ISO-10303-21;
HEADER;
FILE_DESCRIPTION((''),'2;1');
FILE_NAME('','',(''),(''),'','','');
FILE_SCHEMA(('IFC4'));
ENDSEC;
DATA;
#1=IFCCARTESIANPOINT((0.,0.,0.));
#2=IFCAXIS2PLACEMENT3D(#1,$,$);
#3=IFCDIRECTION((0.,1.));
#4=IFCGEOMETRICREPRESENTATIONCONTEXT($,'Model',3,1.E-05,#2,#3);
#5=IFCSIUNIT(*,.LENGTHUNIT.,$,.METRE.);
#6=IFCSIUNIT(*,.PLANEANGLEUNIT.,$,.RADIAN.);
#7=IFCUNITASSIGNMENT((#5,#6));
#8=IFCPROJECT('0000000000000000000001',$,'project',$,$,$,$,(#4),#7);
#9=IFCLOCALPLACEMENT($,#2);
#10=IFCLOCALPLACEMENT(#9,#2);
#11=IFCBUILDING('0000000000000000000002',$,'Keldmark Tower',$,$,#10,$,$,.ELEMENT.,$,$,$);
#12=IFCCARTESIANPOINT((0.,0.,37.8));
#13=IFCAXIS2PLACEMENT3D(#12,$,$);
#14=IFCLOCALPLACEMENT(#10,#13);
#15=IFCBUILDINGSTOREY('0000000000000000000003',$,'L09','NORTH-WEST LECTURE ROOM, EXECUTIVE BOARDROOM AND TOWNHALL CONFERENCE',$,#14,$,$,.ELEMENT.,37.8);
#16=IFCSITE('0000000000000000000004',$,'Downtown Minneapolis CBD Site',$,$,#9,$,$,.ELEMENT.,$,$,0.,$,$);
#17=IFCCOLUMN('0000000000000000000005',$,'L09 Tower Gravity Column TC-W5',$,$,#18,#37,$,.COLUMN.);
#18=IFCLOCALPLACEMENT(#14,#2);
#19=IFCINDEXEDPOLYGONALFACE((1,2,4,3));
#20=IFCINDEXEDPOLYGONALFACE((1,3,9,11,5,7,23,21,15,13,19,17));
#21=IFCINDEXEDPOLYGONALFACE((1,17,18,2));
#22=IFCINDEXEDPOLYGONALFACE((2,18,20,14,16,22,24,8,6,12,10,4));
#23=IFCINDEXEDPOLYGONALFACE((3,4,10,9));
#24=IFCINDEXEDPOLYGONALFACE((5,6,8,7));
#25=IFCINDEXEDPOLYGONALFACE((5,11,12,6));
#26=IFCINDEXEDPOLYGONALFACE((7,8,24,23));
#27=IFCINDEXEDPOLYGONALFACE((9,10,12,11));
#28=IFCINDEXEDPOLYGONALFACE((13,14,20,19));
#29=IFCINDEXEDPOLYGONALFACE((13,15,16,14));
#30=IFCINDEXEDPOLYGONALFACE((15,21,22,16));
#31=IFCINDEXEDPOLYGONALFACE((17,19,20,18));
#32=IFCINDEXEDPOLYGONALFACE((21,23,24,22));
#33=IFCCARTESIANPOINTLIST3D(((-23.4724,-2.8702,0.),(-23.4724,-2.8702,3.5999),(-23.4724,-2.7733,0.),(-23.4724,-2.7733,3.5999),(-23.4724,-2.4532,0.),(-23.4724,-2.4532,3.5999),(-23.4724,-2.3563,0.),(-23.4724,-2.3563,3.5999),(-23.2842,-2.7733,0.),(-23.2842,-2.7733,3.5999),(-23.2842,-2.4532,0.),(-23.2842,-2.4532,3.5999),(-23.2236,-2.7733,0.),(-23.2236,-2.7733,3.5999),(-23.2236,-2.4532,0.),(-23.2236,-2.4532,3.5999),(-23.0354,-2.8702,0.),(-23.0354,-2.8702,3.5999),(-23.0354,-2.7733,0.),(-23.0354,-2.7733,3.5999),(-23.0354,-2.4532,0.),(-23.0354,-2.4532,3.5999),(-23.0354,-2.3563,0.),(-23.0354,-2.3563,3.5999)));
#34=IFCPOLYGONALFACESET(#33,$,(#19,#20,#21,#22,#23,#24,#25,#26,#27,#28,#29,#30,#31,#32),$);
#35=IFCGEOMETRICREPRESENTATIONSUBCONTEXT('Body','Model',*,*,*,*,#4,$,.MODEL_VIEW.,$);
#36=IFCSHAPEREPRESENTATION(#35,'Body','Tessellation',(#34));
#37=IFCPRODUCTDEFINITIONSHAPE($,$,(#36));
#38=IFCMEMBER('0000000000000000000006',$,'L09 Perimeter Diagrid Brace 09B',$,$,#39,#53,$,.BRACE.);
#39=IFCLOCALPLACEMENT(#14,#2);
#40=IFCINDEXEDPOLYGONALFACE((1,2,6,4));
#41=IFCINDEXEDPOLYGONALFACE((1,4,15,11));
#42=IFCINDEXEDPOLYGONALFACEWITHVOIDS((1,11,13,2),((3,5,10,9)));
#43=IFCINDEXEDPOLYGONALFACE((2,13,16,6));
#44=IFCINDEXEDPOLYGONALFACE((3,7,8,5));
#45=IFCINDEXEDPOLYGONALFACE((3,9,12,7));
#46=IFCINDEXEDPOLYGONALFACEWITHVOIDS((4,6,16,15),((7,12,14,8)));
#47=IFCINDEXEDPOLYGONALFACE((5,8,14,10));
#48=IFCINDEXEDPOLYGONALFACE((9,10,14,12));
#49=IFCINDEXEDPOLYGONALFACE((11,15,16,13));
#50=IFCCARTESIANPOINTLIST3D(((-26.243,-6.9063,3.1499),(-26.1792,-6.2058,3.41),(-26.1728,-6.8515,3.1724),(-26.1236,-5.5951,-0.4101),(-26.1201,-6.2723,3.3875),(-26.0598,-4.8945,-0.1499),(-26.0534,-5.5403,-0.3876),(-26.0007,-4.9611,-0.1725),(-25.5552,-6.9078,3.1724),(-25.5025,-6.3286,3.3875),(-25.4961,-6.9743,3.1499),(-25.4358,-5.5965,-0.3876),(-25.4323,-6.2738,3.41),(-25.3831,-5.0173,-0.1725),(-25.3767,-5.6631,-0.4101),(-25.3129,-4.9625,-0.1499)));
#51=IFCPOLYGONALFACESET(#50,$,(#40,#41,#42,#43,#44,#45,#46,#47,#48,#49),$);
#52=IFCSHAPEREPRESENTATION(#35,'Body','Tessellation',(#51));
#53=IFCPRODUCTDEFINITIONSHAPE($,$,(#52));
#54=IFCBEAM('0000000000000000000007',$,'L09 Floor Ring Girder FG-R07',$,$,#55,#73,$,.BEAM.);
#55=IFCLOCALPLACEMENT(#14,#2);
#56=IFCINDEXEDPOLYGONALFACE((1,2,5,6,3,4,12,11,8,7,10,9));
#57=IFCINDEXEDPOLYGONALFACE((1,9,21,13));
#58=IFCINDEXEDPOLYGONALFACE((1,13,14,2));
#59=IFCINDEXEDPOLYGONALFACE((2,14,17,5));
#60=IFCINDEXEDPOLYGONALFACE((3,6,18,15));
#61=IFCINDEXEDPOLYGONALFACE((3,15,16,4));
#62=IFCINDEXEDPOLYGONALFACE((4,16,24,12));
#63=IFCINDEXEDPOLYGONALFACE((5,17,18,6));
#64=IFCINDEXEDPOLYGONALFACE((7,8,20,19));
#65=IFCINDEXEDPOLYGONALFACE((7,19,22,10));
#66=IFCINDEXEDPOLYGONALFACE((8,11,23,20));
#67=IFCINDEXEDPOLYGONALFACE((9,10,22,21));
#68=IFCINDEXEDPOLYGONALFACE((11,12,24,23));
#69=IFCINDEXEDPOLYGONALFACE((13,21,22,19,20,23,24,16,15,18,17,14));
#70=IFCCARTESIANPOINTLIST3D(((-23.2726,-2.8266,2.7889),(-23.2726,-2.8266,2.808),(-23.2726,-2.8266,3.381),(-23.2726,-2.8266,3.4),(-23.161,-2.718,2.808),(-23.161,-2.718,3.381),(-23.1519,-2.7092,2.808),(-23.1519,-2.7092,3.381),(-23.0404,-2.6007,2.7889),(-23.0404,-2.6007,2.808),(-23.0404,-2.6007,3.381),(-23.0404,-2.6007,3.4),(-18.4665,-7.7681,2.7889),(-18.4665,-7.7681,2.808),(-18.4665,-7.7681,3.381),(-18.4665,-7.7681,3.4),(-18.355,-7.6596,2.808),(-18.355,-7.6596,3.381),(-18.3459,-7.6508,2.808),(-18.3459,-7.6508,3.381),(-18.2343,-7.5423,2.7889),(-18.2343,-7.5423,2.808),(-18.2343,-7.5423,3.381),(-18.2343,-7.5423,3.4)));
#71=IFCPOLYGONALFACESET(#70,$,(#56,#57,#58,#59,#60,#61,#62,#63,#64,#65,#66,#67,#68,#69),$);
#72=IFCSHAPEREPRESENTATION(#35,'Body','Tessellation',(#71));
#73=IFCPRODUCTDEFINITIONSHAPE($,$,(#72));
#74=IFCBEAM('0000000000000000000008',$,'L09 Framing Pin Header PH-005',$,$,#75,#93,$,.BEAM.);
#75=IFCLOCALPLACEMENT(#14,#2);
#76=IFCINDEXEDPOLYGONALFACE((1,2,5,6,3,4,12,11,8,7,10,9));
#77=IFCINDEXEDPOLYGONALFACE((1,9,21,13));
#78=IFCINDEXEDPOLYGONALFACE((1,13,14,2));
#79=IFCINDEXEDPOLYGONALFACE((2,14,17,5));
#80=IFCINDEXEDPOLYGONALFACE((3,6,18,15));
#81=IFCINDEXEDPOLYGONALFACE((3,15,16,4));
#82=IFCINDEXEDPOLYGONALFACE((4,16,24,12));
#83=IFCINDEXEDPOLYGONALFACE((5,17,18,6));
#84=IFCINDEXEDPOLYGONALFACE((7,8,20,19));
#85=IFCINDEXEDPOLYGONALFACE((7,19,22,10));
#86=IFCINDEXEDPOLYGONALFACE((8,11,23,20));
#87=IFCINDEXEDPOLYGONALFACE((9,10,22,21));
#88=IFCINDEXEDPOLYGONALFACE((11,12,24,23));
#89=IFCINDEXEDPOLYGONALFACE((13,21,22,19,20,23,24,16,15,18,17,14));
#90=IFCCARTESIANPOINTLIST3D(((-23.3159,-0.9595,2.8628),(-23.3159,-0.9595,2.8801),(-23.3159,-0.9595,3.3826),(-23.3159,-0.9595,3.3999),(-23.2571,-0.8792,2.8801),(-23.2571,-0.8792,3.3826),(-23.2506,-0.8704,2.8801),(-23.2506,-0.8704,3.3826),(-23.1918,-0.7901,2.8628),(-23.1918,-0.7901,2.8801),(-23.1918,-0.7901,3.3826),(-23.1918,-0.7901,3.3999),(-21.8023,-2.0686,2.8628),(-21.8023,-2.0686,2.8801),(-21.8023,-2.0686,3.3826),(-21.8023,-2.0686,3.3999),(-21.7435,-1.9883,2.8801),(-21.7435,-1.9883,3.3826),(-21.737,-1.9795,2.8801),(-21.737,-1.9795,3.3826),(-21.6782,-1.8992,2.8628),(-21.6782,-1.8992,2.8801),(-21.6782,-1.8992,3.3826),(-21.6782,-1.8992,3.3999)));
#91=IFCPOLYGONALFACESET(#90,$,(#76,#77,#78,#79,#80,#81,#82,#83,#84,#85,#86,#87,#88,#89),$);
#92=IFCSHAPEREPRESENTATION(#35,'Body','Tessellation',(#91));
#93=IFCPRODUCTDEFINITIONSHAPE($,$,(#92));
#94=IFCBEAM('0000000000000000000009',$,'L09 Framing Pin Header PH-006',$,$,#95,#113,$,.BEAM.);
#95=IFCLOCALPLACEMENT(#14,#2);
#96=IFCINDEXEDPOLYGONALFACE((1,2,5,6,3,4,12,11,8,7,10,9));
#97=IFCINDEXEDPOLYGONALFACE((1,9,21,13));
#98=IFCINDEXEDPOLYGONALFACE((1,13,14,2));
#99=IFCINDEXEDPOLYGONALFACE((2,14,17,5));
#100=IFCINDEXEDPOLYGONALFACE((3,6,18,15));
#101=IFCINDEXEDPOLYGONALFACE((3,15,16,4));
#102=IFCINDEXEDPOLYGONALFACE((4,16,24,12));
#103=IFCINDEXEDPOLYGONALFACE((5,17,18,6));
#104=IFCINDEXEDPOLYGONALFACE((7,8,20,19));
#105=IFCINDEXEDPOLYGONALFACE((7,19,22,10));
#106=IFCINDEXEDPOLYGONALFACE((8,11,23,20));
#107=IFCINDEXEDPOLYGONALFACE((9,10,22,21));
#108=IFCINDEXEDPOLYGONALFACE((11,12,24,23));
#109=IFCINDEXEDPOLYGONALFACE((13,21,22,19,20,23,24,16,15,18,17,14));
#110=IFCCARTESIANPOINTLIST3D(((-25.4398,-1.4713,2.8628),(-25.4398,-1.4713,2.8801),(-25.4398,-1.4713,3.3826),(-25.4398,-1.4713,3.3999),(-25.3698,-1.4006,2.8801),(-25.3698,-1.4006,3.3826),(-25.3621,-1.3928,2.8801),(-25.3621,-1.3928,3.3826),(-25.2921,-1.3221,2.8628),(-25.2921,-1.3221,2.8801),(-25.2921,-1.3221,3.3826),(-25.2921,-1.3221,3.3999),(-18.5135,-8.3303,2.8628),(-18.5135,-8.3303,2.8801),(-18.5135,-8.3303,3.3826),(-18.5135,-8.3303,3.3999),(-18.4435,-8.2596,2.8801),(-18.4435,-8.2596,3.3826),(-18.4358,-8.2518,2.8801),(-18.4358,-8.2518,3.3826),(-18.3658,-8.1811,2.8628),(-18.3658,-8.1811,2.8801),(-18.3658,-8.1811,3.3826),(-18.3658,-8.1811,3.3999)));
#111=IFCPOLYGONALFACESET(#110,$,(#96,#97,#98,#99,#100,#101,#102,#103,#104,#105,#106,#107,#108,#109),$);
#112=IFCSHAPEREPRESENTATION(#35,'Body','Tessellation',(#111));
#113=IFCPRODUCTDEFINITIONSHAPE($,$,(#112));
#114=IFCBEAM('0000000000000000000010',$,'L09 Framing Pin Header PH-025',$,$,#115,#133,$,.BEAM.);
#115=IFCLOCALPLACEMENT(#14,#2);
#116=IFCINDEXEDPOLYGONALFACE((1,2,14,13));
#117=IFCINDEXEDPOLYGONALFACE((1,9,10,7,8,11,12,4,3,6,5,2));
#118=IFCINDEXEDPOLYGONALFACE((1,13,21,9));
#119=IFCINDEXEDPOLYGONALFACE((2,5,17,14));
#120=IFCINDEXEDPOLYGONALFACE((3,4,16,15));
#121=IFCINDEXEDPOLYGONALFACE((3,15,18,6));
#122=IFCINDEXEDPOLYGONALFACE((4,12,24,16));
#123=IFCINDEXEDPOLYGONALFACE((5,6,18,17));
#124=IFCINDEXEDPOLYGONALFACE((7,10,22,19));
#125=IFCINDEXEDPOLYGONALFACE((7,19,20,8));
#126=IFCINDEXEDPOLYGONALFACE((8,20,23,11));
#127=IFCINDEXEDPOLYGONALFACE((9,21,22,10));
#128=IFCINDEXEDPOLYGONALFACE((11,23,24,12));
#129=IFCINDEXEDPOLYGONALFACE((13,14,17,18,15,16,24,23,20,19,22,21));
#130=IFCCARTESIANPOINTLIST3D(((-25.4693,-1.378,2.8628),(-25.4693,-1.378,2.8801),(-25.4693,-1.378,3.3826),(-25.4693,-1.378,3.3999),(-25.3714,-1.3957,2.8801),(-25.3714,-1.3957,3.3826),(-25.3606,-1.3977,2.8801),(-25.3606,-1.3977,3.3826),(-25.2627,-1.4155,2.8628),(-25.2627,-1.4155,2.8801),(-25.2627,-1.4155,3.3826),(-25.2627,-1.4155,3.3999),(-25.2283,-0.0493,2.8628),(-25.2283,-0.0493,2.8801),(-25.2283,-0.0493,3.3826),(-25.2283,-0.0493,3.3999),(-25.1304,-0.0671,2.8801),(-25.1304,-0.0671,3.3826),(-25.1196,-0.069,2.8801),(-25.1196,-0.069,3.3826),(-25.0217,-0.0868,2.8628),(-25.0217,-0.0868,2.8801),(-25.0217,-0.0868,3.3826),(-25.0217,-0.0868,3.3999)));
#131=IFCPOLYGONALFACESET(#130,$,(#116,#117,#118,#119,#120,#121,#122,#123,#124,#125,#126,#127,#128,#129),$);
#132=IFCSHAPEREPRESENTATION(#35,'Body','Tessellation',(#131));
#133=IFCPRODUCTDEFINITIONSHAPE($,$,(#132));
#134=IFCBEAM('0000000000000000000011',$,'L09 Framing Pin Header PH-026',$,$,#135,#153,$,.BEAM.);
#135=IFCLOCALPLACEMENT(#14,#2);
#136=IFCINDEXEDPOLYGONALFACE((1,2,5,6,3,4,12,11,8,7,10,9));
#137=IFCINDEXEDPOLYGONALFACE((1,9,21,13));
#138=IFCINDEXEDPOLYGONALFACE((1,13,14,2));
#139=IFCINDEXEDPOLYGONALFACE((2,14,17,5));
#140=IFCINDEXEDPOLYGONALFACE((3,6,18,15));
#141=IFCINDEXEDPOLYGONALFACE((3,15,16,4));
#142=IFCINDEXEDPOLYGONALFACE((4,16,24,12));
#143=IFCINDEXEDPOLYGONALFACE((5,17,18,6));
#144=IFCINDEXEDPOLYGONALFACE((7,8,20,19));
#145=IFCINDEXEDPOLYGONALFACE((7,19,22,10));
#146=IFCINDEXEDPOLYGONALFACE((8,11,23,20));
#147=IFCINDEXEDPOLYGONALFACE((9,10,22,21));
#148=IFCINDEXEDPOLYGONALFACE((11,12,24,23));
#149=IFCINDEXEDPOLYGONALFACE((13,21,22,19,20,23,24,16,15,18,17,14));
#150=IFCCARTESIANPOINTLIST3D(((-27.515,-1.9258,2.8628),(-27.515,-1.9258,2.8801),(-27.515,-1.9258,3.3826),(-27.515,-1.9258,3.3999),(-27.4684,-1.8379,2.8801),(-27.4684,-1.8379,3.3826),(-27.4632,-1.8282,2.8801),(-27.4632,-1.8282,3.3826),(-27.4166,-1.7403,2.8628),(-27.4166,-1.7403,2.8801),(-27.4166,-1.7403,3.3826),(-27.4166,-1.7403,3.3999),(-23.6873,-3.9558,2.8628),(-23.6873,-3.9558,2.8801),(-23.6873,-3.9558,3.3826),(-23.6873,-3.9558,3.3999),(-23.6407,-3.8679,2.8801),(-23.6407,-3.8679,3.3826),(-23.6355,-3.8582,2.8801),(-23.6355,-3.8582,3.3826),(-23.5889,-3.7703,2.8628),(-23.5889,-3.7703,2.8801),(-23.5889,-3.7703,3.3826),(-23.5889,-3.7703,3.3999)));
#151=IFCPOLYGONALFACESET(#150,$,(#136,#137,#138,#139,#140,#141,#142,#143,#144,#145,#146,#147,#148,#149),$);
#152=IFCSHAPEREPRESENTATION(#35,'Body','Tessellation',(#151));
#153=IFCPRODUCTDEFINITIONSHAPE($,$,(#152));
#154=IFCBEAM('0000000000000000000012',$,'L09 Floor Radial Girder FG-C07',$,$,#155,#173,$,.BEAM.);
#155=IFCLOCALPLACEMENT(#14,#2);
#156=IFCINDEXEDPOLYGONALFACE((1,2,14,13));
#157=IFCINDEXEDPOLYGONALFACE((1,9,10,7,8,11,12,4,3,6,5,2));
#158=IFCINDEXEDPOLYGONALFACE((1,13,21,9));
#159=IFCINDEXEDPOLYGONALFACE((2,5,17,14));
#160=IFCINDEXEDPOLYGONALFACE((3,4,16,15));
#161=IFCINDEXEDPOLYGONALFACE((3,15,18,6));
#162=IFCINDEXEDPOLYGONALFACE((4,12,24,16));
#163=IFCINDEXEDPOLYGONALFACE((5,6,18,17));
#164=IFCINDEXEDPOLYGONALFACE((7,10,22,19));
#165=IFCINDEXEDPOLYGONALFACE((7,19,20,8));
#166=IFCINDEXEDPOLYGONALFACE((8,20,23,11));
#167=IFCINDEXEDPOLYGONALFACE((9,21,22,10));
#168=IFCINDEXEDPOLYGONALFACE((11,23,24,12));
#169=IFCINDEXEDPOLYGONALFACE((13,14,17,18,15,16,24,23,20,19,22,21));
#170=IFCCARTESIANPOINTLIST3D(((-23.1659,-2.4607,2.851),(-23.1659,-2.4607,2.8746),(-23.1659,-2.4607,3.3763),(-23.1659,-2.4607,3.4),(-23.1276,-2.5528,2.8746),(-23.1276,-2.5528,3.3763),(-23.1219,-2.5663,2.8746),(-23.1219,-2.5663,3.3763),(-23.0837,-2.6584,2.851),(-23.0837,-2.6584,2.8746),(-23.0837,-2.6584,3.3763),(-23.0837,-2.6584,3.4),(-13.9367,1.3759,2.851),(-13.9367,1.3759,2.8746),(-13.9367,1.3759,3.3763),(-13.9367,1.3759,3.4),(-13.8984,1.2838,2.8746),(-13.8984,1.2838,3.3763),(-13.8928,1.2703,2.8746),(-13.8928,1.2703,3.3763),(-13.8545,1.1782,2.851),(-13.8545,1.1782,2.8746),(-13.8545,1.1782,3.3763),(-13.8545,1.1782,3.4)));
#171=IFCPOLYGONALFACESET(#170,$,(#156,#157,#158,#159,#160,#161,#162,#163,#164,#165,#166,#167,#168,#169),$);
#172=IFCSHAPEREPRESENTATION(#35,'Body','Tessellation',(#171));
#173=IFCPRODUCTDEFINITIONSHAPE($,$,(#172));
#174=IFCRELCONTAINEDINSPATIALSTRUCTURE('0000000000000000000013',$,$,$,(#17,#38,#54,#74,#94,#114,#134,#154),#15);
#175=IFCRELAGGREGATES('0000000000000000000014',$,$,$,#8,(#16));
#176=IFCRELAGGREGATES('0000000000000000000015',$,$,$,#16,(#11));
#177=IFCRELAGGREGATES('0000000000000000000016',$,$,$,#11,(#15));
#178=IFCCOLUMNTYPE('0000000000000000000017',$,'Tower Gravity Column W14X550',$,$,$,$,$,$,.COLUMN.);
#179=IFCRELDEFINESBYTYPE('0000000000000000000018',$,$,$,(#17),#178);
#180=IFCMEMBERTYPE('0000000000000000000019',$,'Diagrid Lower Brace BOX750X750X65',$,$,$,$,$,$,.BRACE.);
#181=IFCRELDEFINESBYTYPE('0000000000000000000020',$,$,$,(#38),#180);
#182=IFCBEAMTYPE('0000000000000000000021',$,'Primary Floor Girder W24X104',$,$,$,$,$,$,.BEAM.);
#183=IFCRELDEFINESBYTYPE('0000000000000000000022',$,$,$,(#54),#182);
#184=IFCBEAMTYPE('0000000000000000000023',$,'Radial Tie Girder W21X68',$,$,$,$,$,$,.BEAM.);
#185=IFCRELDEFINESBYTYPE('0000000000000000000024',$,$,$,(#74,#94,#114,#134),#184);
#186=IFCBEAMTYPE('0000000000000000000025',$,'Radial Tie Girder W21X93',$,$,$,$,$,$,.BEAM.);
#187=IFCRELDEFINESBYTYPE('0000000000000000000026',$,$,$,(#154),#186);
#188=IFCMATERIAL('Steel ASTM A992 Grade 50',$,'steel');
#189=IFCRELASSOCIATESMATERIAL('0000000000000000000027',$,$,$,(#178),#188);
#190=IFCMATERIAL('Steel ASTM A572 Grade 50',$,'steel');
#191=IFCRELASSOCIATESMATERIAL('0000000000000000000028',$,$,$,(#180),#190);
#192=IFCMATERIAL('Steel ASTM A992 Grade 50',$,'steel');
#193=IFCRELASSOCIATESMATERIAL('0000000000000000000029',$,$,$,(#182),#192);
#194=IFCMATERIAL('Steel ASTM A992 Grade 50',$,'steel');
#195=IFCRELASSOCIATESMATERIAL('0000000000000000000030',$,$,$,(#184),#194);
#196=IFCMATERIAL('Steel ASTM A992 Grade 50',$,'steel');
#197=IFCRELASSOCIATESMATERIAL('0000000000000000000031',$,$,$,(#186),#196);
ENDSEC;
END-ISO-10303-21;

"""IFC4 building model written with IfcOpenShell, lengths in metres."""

from ifc_helpers import new_model, si_unit, direction, frame, origin, origin_2d, place, context, subcontext, project, spatial, hollow_rectangle, i_section, extrude, material, material_profile, profile_set, type_object, element, save


model = new_model("IFC4")

# Units and contexts
model_context = context("Model", 3, precision=1e-05, world=origin(), true_north=direction((0.0, 1.0)))
body_context = subcontext(model_context, "Body", "Model", "MODEL_VIEW")
ifc_project = project(units=[si_unit("LENGTHUNIT", "METRE"), si_unit("PLANEANGLEUNIT", "RADIAN")], contexts=[model_context])

# Site, building, storey
site_placement = place(None, origin())
site = spatial("IfcSite", under=ifc_project, at=site_placement, Name="Downtown Minneapolis CBD Site", CompositionType="ELEMENT", RefElevation=0.0)
building_placement = place(site_placement, origin())
building = spatial("IfcBuilding", under=site, at=building_placement, Name="Keldmark Tower", CompositionType="ELEMENT")
storey_placement = place(building_placement, frame((0.0, 0.0, 37.8)))
storey = spatial("IfcBuildingStorey", under=building, at=storey_placement, Name="L09", Description="NORTH-WEST LECTURE ROOM, EXECUTIVE BOARDROOM AND TOWNHALL CONFERENCE", CompositionType="ELEMENT", Elevation=37.8)

# Column
ifc_material_1 = material(Name="Steel ASTM A992 Grade 50", Category="steel")
ifc_material_profile_1 = material_profile(ifc_material_1, i_section(OverallWidth=0.437, OverallDepth=0.5139, WebThickness=0.0605, FlangeThickness=0.0969, at=origin_2d()), Name="W14X550")
ifc_profile_set_1 = profile_set([ifc_material_profile_1], Name="Steel ASTM A992 Grade 50")
column_type = type_object("IfcColumnType", Name="Tower Gravity Column W14X550", PredefinedType="COLUMN", material=ifc_profile_set_1)
column_placement = place(storey_placement, frame((-23.2539, -2.6133, 0.0), z_axis=(0.0, 0.0, 1.0), x_axis=(1.0, 0.0, 0.0)))
element("IfcColumn", 1, at=column_placement, inside=storey, type_object=column_type, Name="L09 Tower Gravity Column TC-W5", PredefinedType="COLUMN", context=body_context, shape_type="SweptSolid", body=[
    extrude(i_section(OverallWidth=0.437, OverallDepth=0.5139, WebThickness=0.0605, FlangeThickness=0.0969, at=origin_2d()), origin(), (0.0, 0.0, 1.0), 3.5999),
])

# Member
ifc_material_2 = material(Name="Steel ASTM A572 Grade 50", Category="steel")
ifc_material_profile_2 = material_profile(ifc_material_2, hollow_rectangle(XDim=0.75, YDim=0.75, WallThickness=0.0649, at=origin_2d()), Name="BOX750X750X65")
ifc_profile_set_2 = profile_set([ifc_material_profile_2], Name="Steel ASTM A572 Grade 50")
member_type = type_object("IfcMemberType", Name="Diagrid Lower Brace BOX750X750X65", PredefinedType="BRACE", material=ifc_profile_set_2)
member_placement = place(storey_placement, frame((-25.7183, -5.2788, -0.28), z_axis=(-0.031452, -0.34546, 0.937906), x_axis=(0.995881, -0.090669, 0.0)))
element("IfcMember", 2, at=member_placement, inside=storey, type_object=member_type, Name="L09 Perimeter Diagrid Brace 09B", PredefinedType="BRACE", context=body_context, shape_type="SweptSolid", body=[
    extrude(hollow_rectangle(XDim=0.75, YDim=0.75, WallThickness=0.0649, at=origin_2d()), origin(), (0.0, 0.0, 1.0), 3.7957),
])

# Beams
ifc_material_3 = material(Name="Steel ASTM A992 Grade 50", Category="steel")
ifc_material_profile_3 = material_profile(ifc_material_3, i_section(OverallWidth=0.324, OverallDepth=0.6111, WebThickness=0.0127, FlangeThickness=0.019, at=origin_2d()), Name="W24X104")
ifc_profile_set_3 = profile_set([ifc_material_profile_3], Name="Steel ASTM A992 Grade 50")
beam_type_1 = type_object("IfcBeamType", Name="Primary Floor Girder W24X104", PredefinedType="BEAM", material=ifc_profile_set_3)
beam_1_placement = place(storey_placement, frame((-23.1565, -2.7136, 3.0945), z_axis=(0.69721, -0.716867, 0.0), x_axis=(0.716867, 0.69721, 0.0)))
element("IfcBeam", 3, at=beam_1_placement, inside=storey, type_object=beam_type_1, Name="L09 Floor Ring Girder FG-R07", PredefinedType="BEAM", context=body_context, shape_type="SweptSolid", body=[
    extrude(i_section(OverallWidth=0.324, OverallDepth=0.6111, WebThickness=0.0127, FlangeThickness=0.019, at=origin_2d()), origin(), (0.0, 0.0, 1.0), 6.8933),
])
ifc_material_4 = material(Name="Steel ASTM A992 Grade 50", Category="steel")
ifc_material_profile_4 = material_profile(ifc_material_4, i_section(OverallWidth=0.21, OverallDepth=0.5371, WebThickness=0.011, FlangeThickness=0.0173, at=origin_2d()), Name="W21X68")
ifc_profile_set_4 = profile_set([ifc_material_profile_4], Name="Steel ASTM A992 Grade 50")
beam_type_2 = type_object("IfcBeamType", Name="Radial Tie Girder W21X68", PredefinedType="BEAM", material=ifc_profile_set_4)
beam_2_placement = place(storey_placement, frame((-21.7402, -1.9839, 3.1313), z_axis=(-0.806632, 0.591053, 0.0), x_axis=(-0.591053, -0.806632, 0.0)))
element("IfcBeam", 4, at=beam_2_placement, inside=storey, type_object=beam_type_2, Name="L09 Framing Pin Header PH-005", PredefinedType="BEAM", context=body_context, shape_type="SweptSolid", body=[
    extrude(i_section(OverallWidth=0.21, OverallDepth=0.5371, WebThickness=0.011, FlangeThickness=0.0173, at=origin_2d()), origin(), (0.0, 0.0, 1.0), 1.8765),
])
beam_3_placement = place(storey_placement, frame((-25.366, -1.3967, 3.1313), z_axis=(0.710555, -0.703642, 0.0), x_axis=(0.703642, 0.710555, 0.0)))
element("IfcBeam", 5, at=beam_3_placement, inside=storey, type_object=beam_type_2, Name="L09 Framing Pin Header PH-006", PredefinedType="BEAM", context=body_context, shape_type="SweptSolid", body=[
    extrude(i_section(OverallWidth=0.21, OverallDepth=0.5371, WebThickness=0.011, FlangeThickness=0.0173, at=origin_2d()), origin(), (0.0, 0.0, 1.0), 9.7478),
])
beam_4_placement = place(storey_placement, frame((-25.366, -1.3967, 3.1313), z_axis=(0.178456, 0.983948, 0.0), x_axis=(-0.983948, 0.178456, 0.0)))
element("IfcBeam", 6, at=beam_4_placement, inside=storey, type_object=beam_type_2, Name="L09 Framing Pin Header PH-025", PredefinedType="BEAM", context=body_context, shape_type="SweptSolid", body=[
    extrude(i_section(OverallWidth=0.21, OverallDepth=0.5371, WebThickness=0.011, FlangeThickness=0.0173, at=origin_2d()), origin(), (0.0, 0.0, 1.0), 1.3503),
])
beam_5_placement = place(storey_placement, frame((-27.4658, -1.833, 3.1313), z_axis=(0.883441, -0.468543, 0.0), x_axis=(0.468543, 0.883441, 0.0)))
element("IfcBeam", 7, at=beam_5_placement, inside=storey, type_object=beam_type_2, Name="L09 Framing Pin Header PH-026", PredefinedType="BEAM", context=body_context, shape_type="SweptSolid", body=[
    extrude(i_section(OverallWidth=0.21, OverallDepth=0.5371, WebThickness=0.011, FlangeThickness=0.0173, at=origin_2d()), origin(), (0.0, 0.0, 1.0), 4.3328),
])
ifc_material_5 = material(Name="Steel ASTM A992 Grade 50", Category="steel")
ifc_material_profile_5 = material_profile(ifc_material_5, i_section(OverallWidth=0.2141, OverallDepth=0.5491, WebThickness=0.0146, FlangeThickness=0.0237, at=origin_2d()), Name="W21X93")
ifc_profile_set_5 = profile_set([ifc_material_profile_5], Name="Steel ASTM A992 Grade 50")
beam_type_3 = type_object("IfcBeamType", Name="Radial Tie Girder W21X93", PredefinedType="BEAM", material=ifc_profile_set_5)
beam_6_placement = place(storey_placement, frame((-23.1248, -2.5596, 3.1255), z_axis=(0.923391, 0.383861, 0.0), x_axis=(-0.383861, 0.923391, 0.0)))
element("IfcBeam", 8, at=beam_6_placement, inside=storey, type_object=beam_type_3, Name="L09 Floor Radial Girder FG-C07", PredefinedType="BEAM", context=body_context, shape_type="SweptSolid", body=[
    extrude(i_section(OverallWidth=0.2141, OverallDepth=0.5491, WebThickness=0.0146, FlangeThickness=0.0237, at=origin_2d()), origin(), (0.0, 0.0, 1.0), 9.9949),
])

save(model, "model.ifc")
